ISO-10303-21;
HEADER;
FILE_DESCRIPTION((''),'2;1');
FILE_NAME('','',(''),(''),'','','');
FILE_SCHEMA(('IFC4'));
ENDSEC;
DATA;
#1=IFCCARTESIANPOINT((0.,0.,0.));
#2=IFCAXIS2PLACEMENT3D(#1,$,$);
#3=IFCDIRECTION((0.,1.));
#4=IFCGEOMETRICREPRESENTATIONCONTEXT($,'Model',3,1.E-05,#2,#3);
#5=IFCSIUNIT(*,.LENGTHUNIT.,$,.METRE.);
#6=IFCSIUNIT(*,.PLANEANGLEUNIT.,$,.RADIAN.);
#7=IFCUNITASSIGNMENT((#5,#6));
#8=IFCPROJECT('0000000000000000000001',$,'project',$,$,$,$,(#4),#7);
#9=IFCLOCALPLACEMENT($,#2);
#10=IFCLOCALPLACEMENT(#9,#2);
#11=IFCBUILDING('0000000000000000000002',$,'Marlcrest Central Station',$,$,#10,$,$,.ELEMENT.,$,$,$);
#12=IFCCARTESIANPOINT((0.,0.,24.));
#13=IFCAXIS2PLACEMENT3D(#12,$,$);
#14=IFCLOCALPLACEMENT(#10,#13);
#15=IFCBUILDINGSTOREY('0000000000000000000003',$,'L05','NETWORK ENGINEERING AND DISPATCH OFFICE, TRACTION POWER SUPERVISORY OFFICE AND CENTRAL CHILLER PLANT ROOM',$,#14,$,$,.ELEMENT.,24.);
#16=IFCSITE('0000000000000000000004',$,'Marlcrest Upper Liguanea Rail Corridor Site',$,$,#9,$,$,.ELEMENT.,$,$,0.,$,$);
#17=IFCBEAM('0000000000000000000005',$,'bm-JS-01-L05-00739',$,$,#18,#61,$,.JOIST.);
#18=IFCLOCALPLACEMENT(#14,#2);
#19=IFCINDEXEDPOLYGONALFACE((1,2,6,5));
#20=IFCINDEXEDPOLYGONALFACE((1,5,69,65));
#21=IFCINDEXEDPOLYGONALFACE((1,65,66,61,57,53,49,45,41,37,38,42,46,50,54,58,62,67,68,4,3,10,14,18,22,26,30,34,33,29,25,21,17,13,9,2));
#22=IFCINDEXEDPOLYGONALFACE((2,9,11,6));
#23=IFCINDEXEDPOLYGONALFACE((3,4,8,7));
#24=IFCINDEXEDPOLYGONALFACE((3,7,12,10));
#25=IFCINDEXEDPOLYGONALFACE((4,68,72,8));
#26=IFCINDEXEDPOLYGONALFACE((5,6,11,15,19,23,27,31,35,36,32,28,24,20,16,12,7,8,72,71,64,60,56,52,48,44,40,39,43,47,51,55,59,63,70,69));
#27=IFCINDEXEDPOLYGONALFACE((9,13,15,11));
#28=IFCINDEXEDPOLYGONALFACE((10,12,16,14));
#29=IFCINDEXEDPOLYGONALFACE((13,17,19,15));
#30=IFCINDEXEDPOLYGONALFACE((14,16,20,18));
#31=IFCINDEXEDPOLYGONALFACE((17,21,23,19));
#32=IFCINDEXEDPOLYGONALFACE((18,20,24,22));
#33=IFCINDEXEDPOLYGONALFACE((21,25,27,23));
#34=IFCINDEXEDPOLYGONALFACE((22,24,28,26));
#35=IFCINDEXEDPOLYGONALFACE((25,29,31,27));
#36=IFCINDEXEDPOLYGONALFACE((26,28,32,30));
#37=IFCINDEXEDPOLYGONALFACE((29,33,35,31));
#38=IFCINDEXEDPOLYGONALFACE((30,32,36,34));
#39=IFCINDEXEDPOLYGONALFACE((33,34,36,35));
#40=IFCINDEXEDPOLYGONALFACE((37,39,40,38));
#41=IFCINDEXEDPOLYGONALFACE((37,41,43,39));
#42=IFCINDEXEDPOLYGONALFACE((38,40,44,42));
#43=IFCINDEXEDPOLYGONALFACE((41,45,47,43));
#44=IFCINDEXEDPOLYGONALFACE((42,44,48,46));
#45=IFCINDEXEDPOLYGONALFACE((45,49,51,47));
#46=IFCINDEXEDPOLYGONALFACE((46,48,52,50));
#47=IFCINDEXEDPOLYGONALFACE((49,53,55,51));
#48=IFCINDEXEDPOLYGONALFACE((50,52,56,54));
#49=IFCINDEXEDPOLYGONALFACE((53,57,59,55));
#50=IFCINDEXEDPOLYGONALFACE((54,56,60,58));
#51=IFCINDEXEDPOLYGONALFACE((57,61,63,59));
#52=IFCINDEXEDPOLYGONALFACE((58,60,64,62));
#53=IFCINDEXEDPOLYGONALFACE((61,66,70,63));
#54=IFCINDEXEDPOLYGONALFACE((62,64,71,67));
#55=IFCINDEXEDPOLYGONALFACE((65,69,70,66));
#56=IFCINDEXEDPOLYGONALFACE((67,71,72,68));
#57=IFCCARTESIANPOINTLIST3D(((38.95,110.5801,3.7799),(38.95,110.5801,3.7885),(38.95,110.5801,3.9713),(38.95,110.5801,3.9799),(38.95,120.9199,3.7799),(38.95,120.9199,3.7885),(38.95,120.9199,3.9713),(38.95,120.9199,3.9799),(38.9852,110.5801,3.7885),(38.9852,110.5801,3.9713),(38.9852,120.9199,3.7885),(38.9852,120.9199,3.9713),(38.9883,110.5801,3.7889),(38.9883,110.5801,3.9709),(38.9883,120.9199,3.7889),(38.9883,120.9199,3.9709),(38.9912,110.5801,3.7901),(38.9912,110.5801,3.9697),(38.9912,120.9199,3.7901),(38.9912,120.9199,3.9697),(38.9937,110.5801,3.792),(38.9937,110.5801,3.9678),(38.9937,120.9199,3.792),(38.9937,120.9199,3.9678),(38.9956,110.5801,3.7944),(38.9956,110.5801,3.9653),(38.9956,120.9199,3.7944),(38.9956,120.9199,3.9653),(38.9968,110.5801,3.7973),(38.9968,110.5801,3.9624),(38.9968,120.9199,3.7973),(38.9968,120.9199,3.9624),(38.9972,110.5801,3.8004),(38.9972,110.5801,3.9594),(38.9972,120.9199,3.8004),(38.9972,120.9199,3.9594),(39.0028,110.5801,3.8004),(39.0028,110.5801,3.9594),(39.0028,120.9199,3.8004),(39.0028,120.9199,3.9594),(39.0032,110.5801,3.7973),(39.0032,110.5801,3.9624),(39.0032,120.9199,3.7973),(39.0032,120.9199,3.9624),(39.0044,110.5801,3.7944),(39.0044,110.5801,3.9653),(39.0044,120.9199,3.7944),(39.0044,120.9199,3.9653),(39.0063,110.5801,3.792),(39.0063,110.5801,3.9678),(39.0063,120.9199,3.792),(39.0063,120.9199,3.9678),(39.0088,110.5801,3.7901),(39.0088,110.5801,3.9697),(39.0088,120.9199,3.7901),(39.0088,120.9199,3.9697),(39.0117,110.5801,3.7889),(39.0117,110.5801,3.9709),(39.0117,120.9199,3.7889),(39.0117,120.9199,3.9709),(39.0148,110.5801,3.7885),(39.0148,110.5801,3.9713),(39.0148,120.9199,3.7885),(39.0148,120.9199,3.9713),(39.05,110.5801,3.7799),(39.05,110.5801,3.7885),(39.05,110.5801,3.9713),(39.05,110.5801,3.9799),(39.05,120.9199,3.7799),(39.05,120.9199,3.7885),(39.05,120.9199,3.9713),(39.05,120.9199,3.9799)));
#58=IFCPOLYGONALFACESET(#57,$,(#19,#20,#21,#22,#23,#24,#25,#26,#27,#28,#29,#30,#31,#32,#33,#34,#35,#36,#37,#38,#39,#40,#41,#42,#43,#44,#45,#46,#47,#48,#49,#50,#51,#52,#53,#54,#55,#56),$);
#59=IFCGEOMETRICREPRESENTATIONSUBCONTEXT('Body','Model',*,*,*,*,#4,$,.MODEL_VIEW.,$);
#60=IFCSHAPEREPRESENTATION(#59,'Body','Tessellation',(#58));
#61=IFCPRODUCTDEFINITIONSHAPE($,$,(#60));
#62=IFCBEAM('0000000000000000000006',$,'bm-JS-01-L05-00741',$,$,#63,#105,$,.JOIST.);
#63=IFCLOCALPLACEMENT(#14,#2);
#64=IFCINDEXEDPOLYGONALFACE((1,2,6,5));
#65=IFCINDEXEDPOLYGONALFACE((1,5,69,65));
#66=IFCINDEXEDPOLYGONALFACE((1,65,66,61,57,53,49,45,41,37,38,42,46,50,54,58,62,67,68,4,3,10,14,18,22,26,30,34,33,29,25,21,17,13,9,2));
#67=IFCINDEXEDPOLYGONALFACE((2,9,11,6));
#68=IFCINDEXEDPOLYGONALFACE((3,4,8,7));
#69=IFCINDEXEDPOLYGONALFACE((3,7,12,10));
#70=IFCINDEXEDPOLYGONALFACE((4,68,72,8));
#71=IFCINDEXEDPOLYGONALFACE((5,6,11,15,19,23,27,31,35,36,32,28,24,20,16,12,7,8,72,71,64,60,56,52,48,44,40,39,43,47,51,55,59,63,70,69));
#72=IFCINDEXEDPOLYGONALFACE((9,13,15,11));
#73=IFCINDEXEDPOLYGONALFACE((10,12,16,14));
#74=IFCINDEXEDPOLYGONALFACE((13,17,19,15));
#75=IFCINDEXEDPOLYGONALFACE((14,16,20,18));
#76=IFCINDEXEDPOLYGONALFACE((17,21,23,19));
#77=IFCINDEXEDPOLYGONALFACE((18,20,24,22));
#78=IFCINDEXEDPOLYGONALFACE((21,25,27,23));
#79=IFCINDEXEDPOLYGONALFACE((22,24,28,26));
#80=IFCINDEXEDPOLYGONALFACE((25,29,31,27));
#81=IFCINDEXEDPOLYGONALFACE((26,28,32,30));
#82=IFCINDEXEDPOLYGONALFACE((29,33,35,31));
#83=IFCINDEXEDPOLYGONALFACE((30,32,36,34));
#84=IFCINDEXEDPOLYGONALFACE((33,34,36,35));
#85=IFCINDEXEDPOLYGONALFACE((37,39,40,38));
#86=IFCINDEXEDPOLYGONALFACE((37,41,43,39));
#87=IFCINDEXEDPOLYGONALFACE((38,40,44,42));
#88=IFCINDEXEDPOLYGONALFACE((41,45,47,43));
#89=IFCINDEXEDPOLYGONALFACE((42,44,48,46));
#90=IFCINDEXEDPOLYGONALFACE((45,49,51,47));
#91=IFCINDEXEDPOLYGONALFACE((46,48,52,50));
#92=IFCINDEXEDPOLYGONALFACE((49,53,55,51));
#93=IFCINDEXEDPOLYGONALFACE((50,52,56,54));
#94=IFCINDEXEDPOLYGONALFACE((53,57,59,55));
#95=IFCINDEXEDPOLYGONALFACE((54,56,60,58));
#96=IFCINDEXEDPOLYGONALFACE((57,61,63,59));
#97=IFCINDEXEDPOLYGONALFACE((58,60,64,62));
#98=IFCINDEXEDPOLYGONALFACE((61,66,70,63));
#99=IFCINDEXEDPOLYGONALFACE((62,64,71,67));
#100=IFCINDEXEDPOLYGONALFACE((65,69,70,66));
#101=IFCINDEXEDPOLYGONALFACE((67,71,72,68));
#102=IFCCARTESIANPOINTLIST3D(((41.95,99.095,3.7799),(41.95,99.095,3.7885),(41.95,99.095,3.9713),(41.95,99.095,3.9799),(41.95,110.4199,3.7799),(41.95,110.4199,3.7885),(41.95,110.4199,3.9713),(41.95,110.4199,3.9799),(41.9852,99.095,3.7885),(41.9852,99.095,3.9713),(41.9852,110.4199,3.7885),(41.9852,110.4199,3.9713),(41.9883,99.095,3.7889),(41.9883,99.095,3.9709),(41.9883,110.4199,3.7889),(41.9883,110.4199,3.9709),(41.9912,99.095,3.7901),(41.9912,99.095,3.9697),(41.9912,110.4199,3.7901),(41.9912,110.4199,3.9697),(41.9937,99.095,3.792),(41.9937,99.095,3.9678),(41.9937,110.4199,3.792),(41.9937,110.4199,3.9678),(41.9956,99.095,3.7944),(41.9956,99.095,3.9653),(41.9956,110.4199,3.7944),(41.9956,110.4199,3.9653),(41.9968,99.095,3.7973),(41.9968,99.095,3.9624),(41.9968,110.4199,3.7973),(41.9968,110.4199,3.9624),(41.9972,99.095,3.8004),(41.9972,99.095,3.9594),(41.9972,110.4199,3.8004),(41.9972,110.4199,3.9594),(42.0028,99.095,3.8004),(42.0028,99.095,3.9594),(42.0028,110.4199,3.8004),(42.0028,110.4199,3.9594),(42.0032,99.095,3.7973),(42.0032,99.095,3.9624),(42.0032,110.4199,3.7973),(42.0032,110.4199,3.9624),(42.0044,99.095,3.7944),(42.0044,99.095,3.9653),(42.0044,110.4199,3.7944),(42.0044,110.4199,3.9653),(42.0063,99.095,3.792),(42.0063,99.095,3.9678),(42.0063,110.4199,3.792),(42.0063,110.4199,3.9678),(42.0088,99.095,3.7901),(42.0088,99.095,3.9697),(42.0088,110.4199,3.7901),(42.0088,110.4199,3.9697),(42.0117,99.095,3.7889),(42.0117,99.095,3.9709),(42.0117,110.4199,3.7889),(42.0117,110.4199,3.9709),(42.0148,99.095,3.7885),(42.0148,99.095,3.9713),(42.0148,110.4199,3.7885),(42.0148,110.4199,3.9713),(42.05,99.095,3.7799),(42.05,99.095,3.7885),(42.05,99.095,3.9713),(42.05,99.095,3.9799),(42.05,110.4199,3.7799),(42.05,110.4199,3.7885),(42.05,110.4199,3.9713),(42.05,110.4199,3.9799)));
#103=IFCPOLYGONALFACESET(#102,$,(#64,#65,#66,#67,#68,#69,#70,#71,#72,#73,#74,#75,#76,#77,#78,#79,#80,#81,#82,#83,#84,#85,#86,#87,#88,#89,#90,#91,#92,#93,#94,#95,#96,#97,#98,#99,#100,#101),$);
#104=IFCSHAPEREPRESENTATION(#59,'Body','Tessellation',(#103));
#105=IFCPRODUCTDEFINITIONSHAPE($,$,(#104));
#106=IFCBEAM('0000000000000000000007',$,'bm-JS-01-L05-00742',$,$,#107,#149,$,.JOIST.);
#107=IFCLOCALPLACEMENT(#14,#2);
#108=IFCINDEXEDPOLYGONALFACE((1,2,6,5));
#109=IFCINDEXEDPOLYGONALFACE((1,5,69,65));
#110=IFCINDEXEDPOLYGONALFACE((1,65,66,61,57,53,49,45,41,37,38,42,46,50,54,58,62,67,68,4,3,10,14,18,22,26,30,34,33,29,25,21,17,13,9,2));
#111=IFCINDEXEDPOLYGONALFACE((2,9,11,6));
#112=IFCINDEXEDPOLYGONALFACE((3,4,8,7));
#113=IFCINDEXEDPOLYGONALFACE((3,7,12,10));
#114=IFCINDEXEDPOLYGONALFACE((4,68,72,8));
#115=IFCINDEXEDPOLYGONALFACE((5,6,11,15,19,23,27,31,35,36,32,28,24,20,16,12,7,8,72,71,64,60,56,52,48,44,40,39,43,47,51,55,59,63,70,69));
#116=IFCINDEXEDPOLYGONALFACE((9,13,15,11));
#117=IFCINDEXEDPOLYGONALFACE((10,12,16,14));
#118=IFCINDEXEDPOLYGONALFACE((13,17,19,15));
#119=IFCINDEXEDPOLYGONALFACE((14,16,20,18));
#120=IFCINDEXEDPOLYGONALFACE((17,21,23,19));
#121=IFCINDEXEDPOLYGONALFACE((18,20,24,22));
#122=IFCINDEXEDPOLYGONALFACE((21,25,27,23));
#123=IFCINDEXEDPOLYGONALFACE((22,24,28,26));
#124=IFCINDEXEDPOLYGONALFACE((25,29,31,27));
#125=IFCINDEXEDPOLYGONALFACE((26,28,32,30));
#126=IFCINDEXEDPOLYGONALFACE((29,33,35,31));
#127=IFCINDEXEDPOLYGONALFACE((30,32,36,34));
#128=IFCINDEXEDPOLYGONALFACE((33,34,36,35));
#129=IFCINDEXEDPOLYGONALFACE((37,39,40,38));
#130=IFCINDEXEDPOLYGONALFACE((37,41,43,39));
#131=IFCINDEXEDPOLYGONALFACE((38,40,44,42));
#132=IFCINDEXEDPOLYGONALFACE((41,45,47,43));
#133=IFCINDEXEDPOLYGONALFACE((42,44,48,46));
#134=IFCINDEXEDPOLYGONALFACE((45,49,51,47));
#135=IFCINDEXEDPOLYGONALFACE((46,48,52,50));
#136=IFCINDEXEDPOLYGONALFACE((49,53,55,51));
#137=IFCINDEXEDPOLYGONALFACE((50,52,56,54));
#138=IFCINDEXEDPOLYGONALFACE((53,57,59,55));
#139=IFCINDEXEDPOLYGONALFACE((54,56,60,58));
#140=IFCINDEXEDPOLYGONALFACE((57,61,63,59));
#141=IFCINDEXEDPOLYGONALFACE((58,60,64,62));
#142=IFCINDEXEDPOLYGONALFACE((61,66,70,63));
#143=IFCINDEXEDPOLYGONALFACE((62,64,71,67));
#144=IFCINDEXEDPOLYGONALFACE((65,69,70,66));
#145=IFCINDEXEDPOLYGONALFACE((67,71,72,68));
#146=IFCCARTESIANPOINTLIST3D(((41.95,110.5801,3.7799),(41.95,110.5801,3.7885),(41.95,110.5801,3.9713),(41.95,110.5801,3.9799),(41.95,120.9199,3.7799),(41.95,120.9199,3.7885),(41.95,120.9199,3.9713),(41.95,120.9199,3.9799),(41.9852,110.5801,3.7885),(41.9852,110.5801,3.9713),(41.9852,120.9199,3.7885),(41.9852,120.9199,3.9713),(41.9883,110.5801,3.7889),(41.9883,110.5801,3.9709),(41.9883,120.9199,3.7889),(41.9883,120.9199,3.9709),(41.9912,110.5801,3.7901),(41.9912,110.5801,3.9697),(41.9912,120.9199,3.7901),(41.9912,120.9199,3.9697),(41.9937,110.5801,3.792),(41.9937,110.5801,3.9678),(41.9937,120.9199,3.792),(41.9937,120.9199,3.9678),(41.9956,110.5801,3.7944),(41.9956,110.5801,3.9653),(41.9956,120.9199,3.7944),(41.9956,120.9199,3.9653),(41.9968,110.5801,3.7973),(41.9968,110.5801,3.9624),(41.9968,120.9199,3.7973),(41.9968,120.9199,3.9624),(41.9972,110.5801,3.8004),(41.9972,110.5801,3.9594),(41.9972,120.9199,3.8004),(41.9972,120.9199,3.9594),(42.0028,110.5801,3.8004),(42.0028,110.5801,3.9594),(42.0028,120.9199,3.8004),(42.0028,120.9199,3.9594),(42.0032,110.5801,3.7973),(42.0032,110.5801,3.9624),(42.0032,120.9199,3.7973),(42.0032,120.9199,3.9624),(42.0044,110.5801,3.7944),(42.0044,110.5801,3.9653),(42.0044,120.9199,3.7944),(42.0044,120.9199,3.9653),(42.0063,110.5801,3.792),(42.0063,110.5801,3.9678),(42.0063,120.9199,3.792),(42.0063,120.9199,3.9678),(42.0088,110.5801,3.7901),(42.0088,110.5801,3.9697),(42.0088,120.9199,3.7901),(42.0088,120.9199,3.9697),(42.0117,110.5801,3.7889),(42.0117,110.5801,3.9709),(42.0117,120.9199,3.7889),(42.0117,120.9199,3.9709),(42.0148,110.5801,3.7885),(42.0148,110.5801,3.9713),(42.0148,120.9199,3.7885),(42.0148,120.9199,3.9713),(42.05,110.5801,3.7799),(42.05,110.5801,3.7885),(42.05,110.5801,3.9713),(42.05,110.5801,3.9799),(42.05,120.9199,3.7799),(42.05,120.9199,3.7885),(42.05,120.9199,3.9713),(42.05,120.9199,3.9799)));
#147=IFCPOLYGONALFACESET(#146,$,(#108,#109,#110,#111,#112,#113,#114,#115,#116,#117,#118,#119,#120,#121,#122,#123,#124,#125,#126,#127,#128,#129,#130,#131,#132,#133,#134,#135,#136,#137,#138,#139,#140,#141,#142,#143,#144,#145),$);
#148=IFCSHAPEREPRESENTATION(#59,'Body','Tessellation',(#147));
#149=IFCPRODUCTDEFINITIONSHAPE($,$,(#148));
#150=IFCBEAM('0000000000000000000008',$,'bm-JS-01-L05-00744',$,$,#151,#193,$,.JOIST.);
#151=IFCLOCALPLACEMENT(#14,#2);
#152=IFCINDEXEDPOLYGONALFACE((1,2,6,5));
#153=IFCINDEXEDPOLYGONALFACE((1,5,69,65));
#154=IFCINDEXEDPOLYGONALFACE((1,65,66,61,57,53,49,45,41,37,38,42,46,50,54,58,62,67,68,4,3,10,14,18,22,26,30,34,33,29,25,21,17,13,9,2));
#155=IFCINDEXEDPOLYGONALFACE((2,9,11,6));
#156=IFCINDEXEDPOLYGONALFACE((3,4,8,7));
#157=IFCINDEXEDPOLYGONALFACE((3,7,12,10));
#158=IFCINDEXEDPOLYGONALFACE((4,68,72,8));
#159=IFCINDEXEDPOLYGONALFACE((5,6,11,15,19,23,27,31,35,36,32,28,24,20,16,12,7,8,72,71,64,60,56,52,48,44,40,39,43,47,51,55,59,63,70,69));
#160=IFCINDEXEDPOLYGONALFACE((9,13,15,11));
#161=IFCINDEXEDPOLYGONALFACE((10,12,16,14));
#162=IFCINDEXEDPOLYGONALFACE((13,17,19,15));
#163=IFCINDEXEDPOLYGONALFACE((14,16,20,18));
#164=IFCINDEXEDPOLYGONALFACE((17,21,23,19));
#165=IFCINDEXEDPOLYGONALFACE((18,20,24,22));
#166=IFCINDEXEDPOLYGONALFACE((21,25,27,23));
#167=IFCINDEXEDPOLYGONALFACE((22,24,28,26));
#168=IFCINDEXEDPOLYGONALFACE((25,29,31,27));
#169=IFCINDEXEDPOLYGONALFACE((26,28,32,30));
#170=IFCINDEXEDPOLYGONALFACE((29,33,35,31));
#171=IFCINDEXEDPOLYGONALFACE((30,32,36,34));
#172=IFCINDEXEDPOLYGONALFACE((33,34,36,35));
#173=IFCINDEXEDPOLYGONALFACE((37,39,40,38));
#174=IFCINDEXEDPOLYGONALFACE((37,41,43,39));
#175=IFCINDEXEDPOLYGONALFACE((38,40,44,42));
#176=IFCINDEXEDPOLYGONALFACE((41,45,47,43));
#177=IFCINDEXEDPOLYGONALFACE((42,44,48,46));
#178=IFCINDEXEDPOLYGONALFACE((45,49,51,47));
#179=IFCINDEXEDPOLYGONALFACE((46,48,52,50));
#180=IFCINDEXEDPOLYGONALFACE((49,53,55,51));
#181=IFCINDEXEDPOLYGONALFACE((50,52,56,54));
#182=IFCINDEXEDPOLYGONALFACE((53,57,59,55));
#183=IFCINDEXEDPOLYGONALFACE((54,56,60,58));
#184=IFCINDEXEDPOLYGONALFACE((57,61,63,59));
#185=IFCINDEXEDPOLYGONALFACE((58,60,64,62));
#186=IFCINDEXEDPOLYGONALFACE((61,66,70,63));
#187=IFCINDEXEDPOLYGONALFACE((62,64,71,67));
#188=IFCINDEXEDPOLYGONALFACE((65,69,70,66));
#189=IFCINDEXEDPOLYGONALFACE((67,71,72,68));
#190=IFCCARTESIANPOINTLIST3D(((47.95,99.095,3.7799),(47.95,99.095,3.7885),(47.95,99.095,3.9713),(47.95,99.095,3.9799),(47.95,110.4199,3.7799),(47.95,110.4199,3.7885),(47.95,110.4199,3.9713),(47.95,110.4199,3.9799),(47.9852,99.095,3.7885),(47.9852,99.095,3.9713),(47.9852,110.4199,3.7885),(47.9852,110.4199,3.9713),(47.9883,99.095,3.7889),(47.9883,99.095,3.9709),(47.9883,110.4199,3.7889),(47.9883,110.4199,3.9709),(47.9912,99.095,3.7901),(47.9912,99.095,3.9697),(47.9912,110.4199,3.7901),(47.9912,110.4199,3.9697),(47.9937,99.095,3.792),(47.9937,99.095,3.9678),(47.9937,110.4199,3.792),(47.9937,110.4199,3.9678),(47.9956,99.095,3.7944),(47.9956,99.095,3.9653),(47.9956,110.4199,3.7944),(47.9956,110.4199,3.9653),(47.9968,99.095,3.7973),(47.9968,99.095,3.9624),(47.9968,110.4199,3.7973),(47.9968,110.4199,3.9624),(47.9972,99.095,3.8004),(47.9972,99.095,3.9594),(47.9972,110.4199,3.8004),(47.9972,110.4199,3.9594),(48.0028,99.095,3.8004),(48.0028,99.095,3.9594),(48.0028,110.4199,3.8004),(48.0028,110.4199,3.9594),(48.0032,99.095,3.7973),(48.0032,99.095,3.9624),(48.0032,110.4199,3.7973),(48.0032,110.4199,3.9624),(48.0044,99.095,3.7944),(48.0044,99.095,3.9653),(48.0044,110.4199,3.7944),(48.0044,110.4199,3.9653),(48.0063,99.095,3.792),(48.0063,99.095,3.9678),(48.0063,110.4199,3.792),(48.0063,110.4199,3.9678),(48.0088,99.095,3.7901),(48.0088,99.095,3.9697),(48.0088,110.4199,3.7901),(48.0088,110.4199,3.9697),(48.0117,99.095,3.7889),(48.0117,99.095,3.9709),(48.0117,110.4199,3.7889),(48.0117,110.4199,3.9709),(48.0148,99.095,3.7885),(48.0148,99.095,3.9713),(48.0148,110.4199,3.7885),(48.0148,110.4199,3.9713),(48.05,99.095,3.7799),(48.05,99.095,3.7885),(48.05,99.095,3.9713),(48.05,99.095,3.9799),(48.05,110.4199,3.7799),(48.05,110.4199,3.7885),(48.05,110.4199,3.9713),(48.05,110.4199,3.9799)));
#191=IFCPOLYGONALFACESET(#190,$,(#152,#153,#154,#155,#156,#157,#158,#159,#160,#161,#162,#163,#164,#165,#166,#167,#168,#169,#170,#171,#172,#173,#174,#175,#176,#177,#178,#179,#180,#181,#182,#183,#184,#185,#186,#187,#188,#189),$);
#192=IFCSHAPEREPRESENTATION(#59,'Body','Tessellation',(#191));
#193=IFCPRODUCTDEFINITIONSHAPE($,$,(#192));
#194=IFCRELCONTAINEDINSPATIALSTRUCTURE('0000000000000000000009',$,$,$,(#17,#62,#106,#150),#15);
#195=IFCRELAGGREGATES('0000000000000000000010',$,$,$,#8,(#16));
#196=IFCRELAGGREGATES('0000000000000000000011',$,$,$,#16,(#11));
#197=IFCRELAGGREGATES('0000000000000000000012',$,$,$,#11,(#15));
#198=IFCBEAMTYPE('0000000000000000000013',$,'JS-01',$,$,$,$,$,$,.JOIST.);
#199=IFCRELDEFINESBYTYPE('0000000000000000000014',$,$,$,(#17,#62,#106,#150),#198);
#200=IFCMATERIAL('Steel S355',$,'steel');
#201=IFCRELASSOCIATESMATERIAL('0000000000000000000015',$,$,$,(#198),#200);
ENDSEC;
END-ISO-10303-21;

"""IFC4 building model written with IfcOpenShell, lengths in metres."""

from ifc_helpers import new_model, si_unit, direction, frame, origin, origin_2d, place, context, subcontext, project, spatial, i_section, extrude, material, material_profile, profile_set, type_object, element, save


model = new_model("IFC4")

# Units and contexts
model_context = context("Model", 3, precision=1e-05, world=origin(), true_north=direction((0.0, 1.0)))
body_context = subcontext(model_context, "Body", "Model", "MODEL_VIEW")
ifc_project = project(units=[si_unit("LENGTHUNIT", "METRE"), si_unit("PLANEANGLEUNIT", "RADIAN")], contexts=[model_context])

# Site, building, storey
site_placement = place(None, origin())
site = spatial("IfcSite", under=ifc_project, at=site_placement, Name="Marlcrest Upper Liguanea Rail Corridor Site", CompositionType="ELEMENT", RefElevation=0.0)
building_placement = place(site_placement, origin())
building = spatial("IfcBuilding", under=site, at=building_placement, Name="Marlcrest Central Station", CompositionType="ELEMENT")
storey_placement = place(building_placement, frame((0.0, 0.0, 24.0)))
storey = spatial("IfcBuildingStorey", under=building, at=storey_placement, Name="L05", Description="NETWORK ENGINEERING AND DISPATCH OFFICE, TRACTION POWER SUPERVISORY OFFICE AND CENTRAL CHILLER PLANT ROOM", CompositionType="ELEMENT", Elevation=24.0)

# Shared definitions
ifc_material_1 = material(Name="Steel S355", Category="steel")

# Beams
ifc_material_profile_1 = material_profile(ifc_material_1, i_section(OverallWidth=0.1001, OverallDepth=0.2, WebThickness=0.0056, FlangeThickness=0.0085, FilletRadius=0.012, at=origin_2d()), Name="IPE 200")
ifc_profile_set_1 = profile_set([ifc_material_profile_1], Name="Steel S355")
beam_type_1 = type_object("IfcBeamType", Name="JS-01", PredefinedType="JOIST", material=ifc_profile_set_1)
beam_1_placement = place(storey_placement, frame((39.0, 110.5801, 3.8799), z_axis=(0.0, 1.0, 0.0), x_axis=(-1.0, 0.0, 0.0)))
element("IfcBeam", 1, at=beam_1_placement, inside=storey, type_object=beam_type_1, Name="bm-JS-01-L05-00739", PredefinedType="JOIST", context=body_context, shape_type="SweptSolid", body=[
    extrude(i_section(OverallWidth=0.1001, OverallDepth=0.2, WebThickness=0.0056, FlangeThickness=0.0085, FilletRadius=0.012, at=origin_2d()), origin(), (0.0, 0.0, 1.0), 10.3398),
])
beam_2_placement = place(storey_placement, frame((42.0, 99.095, 3.8799), z_axis=(0.0, 1.0, 0.0), x_axis=(-1.0, 0.0, 0.0)))
element("IfcBeam", 2, at=beam_2_placement, inside=storey, type_object=beam_type_1, Name="bm-JS-01-L05-00741", PredefinedType="JOIST", context=body_context, shape_type="SweptSolid", body=[
    extrude(i_section(OverallWidth=0.1001, OverallDepth=0.2, WebThickness=0.0056, FlangeThickness=0.0085, FilletRadius=0.012, at=origin_2d()), origin(), (0.0, 0.0, 1.0), 11.325),
])
beam_3_placement = place(storey_placement, frame((42.0, 110.5801, 3.8799), z_axis=(0.0, 1.0, 0.0), x_axis=(-1.0, 0.0, 0.0)))
element("IfcBeam", 3, at=beam_3_placement, inside=storey, type_object=beam_type_1, Name="bm-JS-01-L05-00742", PredefinedType="JOIST", context=body_context, shape_type="SweptSolid", body=[
    extrude(i_section(OverallWidth=0.1001, OverallDepth=0.2, WebThickness=0.0056, FlangeThickness=0.0085, FilletRadius=0.012, at=origin_2d()), origin(), (0.0, 0.0, 1.0), 10.3398),
])
for number, where, z_axis, x_axis, name in (
    (4, (48.0, 99.095, 3.8799), (0.0, 1.0, 0.0), (-1.0, 0.0, 0.0), "bm-JS-01-L05-00744"),
):
    element("IfcBeam", number, at=place(storey_placement, frame(where, z_axis=z_axis, x_axis=x_axis)), inside=storey, type_object=beam_type_1, Name=name, PredefinedType="JOIST", context=body_context, shape_type="SweptSolid", body=[
        extrude(i_section(OverallWidth=0.1001, OverallDepth=0.2, WebThickness=0.0056, FlangeThickness=0.0085, FilletRadius=0.012, at=origin_2d()), origin(), (0.0, 0.0, 1.0), 11.325),
    ])

save(model, "model.ifc")
